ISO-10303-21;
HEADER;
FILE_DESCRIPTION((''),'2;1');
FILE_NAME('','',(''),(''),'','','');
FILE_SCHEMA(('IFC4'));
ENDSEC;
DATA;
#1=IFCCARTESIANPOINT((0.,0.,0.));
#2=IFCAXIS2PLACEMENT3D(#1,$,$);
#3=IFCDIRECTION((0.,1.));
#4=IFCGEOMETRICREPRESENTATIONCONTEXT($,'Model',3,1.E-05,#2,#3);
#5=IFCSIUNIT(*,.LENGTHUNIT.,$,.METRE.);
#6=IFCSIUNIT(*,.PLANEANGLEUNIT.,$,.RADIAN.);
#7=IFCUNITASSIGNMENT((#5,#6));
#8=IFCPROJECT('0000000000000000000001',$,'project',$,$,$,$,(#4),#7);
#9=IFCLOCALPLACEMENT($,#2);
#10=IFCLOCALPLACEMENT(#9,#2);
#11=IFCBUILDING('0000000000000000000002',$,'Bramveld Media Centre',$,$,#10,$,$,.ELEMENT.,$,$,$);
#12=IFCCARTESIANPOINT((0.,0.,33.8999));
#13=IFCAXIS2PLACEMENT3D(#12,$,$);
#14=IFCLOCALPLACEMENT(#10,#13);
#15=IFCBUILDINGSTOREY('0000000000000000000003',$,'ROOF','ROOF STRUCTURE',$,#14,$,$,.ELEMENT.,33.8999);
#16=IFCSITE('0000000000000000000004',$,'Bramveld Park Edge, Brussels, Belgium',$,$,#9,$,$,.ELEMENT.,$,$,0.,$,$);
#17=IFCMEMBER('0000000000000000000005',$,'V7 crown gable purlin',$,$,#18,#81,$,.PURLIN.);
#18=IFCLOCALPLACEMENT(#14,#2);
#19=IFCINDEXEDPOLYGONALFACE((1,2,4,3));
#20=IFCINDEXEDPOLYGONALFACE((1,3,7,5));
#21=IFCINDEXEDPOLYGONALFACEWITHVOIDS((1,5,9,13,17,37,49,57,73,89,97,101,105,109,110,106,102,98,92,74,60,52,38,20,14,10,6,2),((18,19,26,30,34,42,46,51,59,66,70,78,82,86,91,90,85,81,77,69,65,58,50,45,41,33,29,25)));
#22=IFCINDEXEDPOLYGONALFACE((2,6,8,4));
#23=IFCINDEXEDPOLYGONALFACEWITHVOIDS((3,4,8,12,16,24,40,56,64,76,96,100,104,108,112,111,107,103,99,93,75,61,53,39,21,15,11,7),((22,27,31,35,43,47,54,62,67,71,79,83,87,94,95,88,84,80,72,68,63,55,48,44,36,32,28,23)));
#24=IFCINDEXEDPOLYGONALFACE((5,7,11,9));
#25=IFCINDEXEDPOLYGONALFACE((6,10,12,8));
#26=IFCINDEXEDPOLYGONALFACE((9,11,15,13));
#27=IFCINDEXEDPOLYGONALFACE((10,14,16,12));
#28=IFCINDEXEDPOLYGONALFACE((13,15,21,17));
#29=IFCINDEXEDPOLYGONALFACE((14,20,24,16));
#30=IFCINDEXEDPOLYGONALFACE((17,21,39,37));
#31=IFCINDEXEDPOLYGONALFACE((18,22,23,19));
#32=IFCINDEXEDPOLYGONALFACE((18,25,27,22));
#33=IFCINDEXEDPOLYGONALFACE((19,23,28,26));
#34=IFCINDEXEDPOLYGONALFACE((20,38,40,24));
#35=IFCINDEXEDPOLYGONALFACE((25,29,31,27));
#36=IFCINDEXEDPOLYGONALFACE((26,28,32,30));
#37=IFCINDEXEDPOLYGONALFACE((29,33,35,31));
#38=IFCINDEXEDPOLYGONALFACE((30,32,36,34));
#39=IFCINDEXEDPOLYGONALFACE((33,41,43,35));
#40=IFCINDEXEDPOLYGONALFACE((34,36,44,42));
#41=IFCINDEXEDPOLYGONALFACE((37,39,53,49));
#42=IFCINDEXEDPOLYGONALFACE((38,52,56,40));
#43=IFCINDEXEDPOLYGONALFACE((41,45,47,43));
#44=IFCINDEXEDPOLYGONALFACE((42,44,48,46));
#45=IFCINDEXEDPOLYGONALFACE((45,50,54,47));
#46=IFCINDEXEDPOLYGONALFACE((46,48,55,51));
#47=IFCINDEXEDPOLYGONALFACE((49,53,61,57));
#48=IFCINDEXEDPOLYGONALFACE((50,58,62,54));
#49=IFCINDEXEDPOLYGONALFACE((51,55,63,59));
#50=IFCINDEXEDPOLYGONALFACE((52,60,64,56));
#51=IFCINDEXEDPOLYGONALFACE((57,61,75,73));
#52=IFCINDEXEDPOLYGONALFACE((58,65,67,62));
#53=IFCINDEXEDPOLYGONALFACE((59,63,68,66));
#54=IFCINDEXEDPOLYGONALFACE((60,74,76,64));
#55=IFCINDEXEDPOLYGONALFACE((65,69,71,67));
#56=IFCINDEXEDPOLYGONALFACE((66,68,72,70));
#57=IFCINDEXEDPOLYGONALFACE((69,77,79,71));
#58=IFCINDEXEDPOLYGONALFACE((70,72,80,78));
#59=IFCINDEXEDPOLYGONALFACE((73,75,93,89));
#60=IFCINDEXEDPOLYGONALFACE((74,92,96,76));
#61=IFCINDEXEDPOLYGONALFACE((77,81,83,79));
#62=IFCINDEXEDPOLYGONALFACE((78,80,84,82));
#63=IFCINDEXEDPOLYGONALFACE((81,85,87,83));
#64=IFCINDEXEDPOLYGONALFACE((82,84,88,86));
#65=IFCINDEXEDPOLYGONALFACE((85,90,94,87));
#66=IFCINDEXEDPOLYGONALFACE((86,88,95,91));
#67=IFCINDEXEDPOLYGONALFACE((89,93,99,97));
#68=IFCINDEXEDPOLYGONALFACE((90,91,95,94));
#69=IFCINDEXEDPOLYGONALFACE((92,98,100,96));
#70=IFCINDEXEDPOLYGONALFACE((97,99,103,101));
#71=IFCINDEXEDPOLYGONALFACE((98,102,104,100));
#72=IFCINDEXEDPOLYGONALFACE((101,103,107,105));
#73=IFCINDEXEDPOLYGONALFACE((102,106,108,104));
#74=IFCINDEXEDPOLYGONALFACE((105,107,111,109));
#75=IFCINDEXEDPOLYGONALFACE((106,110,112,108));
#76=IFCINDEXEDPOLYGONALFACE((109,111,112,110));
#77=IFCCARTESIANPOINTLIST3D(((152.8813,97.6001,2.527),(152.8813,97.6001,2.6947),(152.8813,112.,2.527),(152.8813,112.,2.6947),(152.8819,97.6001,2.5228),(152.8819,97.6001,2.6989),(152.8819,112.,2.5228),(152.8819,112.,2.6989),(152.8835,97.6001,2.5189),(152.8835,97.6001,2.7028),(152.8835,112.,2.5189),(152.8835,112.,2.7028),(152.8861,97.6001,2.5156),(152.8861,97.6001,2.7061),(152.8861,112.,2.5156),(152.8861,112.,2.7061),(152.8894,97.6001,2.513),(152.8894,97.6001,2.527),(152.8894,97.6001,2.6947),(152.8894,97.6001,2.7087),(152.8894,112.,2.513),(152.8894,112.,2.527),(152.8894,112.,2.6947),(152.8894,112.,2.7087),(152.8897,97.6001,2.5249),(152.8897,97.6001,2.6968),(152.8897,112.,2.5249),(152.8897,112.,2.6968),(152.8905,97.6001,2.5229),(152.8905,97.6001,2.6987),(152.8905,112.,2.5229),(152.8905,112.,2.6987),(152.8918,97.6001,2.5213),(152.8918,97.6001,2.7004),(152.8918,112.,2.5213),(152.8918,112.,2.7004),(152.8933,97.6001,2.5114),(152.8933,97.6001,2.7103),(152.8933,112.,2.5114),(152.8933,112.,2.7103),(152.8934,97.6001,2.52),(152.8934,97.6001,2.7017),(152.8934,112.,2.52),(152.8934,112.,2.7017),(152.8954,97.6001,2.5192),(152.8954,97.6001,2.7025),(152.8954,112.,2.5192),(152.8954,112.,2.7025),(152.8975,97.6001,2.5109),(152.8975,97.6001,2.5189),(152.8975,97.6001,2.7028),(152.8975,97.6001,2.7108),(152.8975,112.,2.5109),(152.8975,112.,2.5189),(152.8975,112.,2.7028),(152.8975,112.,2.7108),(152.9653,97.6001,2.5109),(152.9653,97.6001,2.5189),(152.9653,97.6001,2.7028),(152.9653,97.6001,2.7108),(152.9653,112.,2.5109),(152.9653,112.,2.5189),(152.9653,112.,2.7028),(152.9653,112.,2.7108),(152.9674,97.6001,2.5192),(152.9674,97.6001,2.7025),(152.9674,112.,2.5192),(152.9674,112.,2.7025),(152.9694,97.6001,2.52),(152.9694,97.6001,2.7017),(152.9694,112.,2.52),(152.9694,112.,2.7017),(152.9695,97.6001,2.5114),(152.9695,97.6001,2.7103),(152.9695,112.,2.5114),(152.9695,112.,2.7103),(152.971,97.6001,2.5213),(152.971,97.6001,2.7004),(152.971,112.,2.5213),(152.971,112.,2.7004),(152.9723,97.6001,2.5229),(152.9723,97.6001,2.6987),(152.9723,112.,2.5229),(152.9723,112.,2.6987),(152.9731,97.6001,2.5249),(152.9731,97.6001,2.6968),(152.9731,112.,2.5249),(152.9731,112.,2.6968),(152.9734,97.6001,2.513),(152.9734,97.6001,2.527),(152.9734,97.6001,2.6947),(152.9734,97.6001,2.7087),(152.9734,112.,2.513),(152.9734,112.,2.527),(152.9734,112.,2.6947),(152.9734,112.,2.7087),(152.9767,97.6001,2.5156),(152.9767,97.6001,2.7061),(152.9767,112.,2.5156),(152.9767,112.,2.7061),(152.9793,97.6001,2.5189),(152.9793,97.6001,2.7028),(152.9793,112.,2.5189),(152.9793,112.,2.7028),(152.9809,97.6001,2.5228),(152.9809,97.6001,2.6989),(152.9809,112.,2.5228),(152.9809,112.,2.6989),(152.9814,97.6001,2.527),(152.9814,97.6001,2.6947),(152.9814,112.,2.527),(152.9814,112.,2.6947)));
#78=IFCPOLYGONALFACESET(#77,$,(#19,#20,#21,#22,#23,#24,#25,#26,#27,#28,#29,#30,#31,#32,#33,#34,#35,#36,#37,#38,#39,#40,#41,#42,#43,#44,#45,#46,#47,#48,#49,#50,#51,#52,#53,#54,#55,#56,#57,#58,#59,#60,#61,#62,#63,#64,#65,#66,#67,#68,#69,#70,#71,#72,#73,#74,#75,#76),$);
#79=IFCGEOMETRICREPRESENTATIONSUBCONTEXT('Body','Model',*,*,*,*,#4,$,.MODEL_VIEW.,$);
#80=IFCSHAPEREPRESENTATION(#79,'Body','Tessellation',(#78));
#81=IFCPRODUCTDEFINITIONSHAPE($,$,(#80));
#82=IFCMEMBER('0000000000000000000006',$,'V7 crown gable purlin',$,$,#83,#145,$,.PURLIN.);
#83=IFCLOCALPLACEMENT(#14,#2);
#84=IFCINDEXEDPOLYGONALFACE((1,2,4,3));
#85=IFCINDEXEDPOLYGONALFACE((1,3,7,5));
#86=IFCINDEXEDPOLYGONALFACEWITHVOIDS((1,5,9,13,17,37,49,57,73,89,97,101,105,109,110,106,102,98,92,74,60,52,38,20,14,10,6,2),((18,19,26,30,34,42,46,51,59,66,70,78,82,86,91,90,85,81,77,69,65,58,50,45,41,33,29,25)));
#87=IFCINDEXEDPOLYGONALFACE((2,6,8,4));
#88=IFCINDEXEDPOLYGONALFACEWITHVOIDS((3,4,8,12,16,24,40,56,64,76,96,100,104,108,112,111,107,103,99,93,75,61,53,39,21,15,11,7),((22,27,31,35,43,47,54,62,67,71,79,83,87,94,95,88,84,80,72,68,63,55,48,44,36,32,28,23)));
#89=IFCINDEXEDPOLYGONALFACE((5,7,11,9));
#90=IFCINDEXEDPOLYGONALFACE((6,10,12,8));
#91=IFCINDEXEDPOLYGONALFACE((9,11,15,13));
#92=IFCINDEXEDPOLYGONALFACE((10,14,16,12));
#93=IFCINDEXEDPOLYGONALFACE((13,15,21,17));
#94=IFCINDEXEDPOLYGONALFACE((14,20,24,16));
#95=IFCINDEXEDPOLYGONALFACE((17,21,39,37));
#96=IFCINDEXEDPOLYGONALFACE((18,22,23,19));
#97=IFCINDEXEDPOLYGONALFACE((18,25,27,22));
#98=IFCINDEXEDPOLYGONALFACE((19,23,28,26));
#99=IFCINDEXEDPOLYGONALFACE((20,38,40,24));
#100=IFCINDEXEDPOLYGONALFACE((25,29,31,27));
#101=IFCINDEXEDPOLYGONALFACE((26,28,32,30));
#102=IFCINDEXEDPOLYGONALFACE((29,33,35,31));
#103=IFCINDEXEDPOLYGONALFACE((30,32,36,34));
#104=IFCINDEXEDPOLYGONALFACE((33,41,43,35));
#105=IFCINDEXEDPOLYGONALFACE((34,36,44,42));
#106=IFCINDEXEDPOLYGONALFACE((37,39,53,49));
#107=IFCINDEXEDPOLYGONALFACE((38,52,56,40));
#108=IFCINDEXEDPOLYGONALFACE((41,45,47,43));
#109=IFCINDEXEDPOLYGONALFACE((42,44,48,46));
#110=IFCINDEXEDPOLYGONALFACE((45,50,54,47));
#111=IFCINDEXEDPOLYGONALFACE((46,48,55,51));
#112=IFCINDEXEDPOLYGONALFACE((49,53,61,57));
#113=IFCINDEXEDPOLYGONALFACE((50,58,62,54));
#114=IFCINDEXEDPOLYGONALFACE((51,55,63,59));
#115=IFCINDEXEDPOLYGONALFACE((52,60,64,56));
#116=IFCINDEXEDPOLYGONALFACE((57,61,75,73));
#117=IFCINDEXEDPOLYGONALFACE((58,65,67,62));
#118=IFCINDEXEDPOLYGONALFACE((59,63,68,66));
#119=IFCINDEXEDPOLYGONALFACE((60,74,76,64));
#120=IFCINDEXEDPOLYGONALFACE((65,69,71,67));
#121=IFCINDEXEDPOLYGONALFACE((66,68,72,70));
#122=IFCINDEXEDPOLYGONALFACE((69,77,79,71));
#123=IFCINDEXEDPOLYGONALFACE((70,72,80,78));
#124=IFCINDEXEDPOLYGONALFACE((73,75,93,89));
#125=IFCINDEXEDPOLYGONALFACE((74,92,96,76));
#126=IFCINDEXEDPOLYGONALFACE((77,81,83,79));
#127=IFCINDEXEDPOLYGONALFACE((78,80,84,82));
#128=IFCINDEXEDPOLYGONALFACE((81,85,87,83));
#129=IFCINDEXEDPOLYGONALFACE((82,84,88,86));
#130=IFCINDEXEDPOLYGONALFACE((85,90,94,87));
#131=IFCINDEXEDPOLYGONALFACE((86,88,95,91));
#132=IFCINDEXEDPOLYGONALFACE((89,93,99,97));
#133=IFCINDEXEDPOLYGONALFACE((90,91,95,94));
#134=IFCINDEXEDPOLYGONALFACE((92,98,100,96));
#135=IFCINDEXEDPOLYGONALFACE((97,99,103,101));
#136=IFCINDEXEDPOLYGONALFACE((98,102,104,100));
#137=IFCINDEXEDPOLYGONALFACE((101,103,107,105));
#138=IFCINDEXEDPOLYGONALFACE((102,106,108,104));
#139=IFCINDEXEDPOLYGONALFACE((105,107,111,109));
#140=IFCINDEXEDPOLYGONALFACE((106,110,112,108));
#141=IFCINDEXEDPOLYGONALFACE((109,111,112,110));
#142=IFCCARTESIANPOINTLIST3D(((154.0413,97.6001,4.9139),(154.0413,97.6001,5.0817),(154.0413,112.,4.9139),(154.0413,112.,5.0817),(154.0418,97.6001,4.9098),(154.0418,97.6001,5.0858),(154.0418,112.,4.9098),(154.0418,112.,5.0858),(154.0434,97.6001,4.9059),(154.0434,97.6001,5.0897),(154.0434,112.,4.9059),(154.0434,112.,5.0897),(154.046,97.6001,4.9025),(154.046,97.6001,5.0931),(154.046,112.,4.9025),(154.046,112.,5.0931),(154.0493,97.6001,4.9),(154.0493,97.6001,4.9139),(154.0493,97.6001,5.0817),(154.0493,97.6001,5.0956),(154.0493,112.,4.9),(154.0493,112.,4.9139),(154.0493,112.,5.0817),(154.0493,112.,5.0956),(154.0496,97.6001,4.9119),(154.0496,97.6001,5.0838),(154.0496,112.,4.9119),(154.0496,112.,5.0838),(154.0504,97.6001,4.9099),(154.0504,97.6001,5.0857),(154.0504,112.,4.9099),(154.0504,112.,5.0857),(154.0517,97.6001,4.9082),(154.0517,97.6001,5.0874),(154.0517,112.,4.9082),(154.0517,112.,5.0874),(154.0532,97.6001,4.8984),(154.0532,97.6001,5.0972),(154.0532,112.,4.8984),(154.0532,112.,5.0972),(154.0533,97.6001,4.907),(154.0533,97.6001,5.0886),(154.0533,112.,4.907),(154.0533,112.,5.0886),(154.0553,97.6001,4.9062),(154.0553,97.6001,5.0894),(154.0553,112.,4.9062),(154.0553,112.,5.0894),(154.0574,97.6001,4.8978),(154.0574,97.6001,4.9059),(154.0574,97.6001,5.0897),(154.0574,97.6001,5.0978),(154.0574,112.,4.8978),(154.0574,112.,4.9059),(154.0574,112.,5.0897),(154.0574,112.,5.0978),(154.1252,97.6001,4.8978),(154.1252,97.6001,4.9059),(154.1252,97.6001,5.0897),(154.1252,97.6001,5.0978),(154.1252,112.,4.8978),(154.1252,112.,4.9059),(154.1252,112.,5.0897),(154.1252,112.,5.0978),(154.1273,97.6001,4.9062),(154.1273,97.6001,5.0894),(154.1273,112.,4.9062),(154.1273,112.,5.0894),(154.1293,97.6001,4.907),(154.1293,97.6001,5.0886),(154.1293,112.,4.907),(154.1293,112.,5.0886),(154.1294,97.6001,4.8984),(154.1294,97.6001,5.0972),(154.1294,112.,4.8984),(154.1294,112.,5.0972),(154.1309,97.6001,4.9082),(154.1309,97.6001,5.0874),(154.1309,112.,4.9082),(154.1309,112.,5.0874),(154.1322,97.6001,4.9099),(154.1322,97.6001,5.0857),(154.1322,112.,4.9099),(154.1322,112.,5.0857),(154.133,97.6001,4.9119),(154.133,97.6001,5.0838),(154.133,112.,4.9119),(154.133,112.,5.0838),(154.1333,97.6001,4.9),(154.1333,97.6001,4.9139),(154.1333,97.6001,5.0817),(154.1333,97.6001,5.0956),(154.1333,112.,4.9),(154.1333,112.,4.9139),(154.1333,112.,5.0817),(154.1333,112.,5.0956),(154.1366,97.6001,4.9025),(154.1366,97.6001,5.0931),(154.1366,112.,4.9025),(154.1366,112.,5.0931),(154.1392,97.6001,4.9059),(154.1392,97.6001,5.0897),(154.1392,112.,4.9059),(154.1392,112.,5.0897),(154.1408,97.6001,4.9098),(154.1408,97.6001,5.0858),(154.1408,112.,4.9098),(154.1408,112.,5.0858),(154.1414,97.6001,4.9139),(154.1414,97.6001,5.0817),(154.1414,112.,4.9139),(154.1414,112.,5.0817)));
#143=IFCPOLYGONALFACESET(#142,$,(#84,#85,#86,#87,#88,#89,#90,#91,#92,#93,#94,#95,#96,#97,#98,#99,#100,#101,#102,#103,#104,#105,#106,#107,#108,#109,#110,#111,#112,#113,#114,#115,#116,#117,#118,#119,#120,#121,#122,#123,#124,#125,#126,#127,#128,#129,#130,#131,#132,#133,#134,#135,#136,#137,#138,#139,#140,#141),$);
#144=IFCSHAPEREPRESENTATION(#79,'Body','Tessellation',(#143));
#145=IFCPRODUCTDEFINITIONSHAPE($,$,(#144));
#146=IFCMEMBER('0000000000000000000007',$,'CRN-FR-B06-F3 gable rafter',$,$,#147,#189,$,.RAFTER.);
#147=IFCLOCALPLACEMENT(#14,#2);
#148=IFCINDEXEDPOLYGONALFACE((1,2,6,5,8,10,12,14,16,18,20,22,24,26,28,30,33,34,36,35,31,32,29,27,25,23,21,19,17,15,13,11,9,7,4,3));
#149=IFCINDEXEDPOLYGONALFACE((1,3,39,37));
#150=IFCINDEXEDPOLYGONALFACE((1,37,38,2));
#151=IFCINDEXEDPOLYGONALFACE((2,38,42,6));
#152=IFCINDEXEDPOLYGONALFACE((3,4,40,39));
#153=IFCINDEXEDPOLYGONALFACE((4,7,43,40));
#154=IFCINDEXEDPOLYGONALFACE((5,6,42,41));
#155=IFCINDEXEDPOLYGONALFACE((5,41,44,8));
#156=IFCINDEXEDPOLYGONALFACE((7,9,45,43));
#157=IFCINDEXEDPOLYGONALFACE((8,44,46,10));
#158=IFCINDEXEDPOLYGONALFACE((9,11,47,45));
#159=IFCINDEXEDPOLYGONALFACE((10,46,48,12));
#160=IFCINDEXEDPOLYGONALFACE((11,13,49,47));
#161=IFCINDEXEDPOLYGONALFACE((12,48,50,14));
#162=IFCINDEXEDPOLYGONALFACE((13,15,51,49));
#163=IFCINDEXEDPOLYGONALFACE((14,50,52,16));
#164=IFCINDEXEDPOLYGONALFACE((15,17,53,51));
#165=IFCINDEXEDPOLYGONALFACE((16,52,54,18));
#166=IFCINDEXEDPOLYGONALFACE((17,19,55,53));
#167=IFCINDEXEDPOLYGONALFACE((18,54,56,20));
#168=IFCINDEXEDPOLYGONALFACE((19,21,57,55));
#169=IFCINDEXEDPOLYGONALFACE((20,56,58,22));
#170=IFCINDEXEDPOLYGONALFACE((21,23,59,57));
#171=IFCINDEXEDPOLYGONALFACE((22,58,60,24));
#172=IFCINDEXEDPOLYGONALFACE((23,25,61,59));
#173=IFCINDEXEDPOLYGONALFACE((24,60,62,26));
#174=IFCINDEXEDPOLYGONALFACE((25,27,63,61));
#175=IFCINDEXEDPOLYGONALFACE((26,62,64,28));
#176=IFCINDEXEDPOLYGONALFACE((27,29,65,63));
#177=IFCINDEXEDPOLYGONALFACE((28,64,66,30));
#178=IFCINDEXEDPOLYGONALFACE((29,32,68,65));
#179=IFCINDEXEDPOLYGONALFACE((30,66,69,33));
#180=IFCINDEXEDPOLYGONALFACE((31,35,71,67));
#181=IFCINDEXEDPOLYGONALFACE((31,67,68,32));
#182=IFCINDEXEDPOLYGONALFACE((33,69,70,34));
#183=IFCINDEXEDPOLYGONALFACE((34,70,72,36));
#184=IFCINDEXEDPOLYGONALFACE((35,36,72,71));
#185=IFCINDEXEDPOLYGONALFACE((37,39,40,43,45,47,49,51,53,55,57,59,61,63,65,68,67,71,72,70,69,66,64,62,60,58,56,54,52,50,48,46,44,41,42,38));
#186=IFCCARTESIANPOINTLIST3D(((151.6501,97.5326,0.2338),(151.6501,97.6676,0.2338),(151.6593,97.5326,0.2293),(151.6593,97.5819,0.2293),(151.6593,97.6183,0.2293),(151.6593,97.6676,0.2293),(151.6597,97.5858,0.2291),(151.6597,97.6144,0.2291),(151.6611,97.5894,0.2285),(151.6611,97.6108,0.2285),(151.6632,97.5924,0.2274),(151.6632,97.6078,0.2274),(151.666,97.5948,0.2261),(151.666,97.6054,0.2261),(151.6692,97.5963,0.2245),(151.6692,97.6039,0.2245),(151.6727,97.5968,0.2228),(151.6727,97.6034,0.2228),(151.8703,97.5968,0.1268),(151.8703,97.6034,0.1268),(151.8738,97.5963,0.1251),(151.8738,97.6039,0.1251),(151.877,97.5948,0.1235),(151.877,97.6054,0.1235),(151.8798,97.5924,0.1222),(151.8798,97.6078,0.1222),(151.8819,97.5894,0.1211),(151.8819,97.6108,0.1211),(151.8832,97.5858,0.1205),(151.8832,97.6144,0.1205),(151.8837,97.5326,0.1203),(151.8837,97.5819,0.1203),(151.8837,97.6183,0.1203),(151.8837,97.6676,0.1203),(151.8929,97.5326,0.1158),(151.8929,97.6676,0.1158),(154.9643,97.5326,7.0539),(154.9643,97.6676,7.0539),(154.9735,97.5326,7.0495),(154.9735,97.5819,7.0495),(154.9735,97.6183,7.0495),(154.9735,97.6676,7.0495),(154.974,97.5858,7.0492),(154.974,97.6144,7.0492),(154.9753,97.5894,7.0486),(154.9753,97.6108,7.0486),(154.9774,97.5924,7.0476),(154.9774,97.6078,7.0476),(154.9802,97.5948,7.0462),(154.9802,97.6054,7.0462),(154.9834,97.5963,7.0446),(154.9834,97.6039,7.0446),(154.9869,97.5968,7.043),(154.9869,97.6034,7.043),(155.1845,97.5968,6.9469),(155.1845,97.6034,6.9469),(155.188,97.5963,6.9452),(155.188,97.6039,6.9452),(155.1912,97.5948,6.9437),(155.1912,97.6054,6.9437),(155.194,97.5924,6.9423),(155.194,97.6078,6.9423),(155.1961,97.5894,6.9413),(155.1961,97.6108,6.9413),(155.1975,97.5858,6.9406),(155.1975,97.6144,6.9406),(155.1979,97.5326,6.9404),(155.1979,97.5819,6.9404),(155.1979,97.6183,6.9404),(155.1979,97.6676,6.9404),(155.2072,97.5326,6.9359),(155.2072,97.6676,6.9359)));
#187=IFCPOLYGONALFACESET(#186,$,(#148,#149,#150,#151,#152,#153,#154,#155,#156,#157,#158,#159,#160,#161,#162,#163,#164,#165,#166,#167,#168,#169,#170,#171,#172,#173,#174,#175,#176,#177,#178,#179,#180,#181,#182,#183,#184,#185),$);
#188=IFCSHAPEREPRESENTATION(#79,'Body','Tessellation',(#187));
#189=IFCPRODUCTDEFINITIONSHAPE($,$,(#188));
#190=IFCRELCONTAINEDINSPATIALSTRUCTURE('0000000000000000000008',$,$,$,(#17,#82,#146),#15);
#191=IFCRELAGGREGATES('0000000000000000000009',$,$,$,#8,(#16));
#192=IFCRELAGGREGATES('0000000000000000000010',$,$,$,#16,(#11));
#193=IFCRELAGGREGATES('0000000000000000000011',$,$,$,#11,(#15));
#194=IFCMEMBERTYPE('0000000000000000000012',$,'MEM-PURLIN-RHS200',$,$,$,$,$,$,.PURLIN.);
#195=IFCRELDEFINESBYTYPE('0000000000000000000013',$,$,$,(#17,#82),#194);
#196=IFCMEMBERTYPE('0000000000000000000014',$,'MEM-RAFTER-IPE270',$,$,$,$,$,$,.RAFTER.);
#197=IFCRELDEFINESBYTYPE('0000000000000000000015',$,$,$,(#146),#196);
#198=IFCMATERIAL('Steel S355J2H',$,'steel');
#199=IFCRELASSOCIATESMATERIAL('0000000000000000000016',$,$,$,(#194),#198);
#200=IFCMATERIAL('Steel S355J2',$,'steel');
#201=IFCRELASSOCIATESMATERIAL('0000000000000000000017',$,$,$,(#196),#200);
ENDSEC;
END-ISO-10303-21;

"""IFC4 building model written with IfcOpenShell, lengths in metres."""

from ifc_helpers import new_model, si_unit, direction, frame, origin, origin_2d, place, context, subcontext, project, spatial, hollow_rectangle, i_section, extrude, material, material_profile, profile_set, type_object, element, save


model = new_model("IFC4")

# Units and contexts
model_context = context("Model", 3, precision=1e-05, world=origin(), true_north=direction((0.0, 1.0)))
body_context = subcontext(model_context, "Body", "Model", "MODEL_VIEW")
ifc_project = project(units=[si_unit("LENGTHUNIT", "METRE"), si_unit("PLANEANGLEUNIT", "RADIAN")], contexts=[model_context])

# Site, building, storey
site_placement = place(None, origin())
site = spatial("IfcSite", under=ifc_project, at=site_placement, Name="Bramveld Park Edge, Brussels, Belgium", CompositionType="ELEMENT", RefElevation=0.0)
building_placement = place(site_placement, origin())
building = spatial("IfcBuilding", under=site, at=building_placement, Name="Bramveld Media Centre", CompositionType="ELEMENT")
storey_placement = place(building_placement, frame((0.0, 0.0, 33.8999)))
storey = spatial("IfcBuildingStorey", under=building, at=storey_placement, Name="ROOF", Description="ROOF STRUCTURE", CompositionType="ELEMENT", Elevation=33.8999)

# Members
ifc_material_1 = material(Name="Steel S355J2H", Category="steel")
ifc_material_profile_1 = material_profile(ifc_material_1, hollow_rectangle(XDim=0.1001, YDim=0.2, WallThickness=0.0081, InnerFilletRadius=0.0081, OuterFilletRadius=0.0161, at=origin_2d()), Name="RHS 200x100x8")
ifc_profile_set_1 = profile_set([ifc_material_profile_1], Name="Steel S355J2H")
member_type_1 = type_object("IfcMemberType", Name="MEM-PURLIN-RHS200", PredefinedType="PURLIN", material=ifc_profile_set_1)
for number, where, z_axis, x_axis, name in (
    (1, (152.9314, 97.6001, 2.6108), (0.0, 1.0, 0.0), (-1.0, 0.0, 0.0), "V7 crown gable purlin"),
    (2, (154.0913, 97.6001, 4.9978), (0.0, 1.0, 0.0), (-1.0, 0.0, 0.0), "V7 crown gable purlin"),
):
    element("IfcMember", number, at=place(storey_placement, frame(where, z_axis=z_axis, x_axis=x_axis)), inside=storey, type_object=member_type_1, Name=name, PredefinedType="PURLIN", context=body_context, shape_type="SweptSolid", body=[
        extrude(hollow_rectangle(XDim=0.1001, YDim=0.2, WallThickness=0.0081, InnerFilletRadius=0.0081, OuterFilletRadius=0.0161, at=origin_2d()), origin(), (0.0, 0.0, 1.0), 14.3999),
    ])
ifc_material_2 = material(Name="Steel S355J2", Category="steel")
ifc_material_profile_2 = material_profile(ifc_material_2, i_section(OverallWidth=0.135, OverallDepth=0.27, WebThickness=0.0066, FlangeThickness=0.0103, FilletRadius=0.0149, at=origin_2d()), Name="IPE 270")
ifc_profile_set_2 = profile_set([ifc_material_profile_2], Name="Steel S355J2")
member_type_2 = type_object("IfcMemberType", Name="MEM-RAFTER-IPE270", PredefinedType="RAFTER", material=ifc_profile_set_2)
for number, where, z_axis, x_axis, name in (
    (3, (151.7715, 97.6001, 0.1748), (0.437075, 0.0, 0.899425), (0.0, 1.0, 0.0), "CRN-FR-B06-F3 gable rafter"),
):
    element("IfcMember", number, at=place(storey_placement, frame(where, z_axis=z_axis, x_axis=x_axis)), inside=storey, type_object=member_type_2, Name=name, PredefinedType="RAFTER", context=body_context, shape_type="SweptSolid", body=[
        extrude(i_section(OverallWidth=0.135, OverallDepth=0.27, WebThickness=0.0066, FlangeThickness=0.0103, FilletRadius=0.0149, at=origin_2d()), origin(), (0.0, 0.0, 1.0), 7.5828),
    ])

save(model, "model.ifc")
